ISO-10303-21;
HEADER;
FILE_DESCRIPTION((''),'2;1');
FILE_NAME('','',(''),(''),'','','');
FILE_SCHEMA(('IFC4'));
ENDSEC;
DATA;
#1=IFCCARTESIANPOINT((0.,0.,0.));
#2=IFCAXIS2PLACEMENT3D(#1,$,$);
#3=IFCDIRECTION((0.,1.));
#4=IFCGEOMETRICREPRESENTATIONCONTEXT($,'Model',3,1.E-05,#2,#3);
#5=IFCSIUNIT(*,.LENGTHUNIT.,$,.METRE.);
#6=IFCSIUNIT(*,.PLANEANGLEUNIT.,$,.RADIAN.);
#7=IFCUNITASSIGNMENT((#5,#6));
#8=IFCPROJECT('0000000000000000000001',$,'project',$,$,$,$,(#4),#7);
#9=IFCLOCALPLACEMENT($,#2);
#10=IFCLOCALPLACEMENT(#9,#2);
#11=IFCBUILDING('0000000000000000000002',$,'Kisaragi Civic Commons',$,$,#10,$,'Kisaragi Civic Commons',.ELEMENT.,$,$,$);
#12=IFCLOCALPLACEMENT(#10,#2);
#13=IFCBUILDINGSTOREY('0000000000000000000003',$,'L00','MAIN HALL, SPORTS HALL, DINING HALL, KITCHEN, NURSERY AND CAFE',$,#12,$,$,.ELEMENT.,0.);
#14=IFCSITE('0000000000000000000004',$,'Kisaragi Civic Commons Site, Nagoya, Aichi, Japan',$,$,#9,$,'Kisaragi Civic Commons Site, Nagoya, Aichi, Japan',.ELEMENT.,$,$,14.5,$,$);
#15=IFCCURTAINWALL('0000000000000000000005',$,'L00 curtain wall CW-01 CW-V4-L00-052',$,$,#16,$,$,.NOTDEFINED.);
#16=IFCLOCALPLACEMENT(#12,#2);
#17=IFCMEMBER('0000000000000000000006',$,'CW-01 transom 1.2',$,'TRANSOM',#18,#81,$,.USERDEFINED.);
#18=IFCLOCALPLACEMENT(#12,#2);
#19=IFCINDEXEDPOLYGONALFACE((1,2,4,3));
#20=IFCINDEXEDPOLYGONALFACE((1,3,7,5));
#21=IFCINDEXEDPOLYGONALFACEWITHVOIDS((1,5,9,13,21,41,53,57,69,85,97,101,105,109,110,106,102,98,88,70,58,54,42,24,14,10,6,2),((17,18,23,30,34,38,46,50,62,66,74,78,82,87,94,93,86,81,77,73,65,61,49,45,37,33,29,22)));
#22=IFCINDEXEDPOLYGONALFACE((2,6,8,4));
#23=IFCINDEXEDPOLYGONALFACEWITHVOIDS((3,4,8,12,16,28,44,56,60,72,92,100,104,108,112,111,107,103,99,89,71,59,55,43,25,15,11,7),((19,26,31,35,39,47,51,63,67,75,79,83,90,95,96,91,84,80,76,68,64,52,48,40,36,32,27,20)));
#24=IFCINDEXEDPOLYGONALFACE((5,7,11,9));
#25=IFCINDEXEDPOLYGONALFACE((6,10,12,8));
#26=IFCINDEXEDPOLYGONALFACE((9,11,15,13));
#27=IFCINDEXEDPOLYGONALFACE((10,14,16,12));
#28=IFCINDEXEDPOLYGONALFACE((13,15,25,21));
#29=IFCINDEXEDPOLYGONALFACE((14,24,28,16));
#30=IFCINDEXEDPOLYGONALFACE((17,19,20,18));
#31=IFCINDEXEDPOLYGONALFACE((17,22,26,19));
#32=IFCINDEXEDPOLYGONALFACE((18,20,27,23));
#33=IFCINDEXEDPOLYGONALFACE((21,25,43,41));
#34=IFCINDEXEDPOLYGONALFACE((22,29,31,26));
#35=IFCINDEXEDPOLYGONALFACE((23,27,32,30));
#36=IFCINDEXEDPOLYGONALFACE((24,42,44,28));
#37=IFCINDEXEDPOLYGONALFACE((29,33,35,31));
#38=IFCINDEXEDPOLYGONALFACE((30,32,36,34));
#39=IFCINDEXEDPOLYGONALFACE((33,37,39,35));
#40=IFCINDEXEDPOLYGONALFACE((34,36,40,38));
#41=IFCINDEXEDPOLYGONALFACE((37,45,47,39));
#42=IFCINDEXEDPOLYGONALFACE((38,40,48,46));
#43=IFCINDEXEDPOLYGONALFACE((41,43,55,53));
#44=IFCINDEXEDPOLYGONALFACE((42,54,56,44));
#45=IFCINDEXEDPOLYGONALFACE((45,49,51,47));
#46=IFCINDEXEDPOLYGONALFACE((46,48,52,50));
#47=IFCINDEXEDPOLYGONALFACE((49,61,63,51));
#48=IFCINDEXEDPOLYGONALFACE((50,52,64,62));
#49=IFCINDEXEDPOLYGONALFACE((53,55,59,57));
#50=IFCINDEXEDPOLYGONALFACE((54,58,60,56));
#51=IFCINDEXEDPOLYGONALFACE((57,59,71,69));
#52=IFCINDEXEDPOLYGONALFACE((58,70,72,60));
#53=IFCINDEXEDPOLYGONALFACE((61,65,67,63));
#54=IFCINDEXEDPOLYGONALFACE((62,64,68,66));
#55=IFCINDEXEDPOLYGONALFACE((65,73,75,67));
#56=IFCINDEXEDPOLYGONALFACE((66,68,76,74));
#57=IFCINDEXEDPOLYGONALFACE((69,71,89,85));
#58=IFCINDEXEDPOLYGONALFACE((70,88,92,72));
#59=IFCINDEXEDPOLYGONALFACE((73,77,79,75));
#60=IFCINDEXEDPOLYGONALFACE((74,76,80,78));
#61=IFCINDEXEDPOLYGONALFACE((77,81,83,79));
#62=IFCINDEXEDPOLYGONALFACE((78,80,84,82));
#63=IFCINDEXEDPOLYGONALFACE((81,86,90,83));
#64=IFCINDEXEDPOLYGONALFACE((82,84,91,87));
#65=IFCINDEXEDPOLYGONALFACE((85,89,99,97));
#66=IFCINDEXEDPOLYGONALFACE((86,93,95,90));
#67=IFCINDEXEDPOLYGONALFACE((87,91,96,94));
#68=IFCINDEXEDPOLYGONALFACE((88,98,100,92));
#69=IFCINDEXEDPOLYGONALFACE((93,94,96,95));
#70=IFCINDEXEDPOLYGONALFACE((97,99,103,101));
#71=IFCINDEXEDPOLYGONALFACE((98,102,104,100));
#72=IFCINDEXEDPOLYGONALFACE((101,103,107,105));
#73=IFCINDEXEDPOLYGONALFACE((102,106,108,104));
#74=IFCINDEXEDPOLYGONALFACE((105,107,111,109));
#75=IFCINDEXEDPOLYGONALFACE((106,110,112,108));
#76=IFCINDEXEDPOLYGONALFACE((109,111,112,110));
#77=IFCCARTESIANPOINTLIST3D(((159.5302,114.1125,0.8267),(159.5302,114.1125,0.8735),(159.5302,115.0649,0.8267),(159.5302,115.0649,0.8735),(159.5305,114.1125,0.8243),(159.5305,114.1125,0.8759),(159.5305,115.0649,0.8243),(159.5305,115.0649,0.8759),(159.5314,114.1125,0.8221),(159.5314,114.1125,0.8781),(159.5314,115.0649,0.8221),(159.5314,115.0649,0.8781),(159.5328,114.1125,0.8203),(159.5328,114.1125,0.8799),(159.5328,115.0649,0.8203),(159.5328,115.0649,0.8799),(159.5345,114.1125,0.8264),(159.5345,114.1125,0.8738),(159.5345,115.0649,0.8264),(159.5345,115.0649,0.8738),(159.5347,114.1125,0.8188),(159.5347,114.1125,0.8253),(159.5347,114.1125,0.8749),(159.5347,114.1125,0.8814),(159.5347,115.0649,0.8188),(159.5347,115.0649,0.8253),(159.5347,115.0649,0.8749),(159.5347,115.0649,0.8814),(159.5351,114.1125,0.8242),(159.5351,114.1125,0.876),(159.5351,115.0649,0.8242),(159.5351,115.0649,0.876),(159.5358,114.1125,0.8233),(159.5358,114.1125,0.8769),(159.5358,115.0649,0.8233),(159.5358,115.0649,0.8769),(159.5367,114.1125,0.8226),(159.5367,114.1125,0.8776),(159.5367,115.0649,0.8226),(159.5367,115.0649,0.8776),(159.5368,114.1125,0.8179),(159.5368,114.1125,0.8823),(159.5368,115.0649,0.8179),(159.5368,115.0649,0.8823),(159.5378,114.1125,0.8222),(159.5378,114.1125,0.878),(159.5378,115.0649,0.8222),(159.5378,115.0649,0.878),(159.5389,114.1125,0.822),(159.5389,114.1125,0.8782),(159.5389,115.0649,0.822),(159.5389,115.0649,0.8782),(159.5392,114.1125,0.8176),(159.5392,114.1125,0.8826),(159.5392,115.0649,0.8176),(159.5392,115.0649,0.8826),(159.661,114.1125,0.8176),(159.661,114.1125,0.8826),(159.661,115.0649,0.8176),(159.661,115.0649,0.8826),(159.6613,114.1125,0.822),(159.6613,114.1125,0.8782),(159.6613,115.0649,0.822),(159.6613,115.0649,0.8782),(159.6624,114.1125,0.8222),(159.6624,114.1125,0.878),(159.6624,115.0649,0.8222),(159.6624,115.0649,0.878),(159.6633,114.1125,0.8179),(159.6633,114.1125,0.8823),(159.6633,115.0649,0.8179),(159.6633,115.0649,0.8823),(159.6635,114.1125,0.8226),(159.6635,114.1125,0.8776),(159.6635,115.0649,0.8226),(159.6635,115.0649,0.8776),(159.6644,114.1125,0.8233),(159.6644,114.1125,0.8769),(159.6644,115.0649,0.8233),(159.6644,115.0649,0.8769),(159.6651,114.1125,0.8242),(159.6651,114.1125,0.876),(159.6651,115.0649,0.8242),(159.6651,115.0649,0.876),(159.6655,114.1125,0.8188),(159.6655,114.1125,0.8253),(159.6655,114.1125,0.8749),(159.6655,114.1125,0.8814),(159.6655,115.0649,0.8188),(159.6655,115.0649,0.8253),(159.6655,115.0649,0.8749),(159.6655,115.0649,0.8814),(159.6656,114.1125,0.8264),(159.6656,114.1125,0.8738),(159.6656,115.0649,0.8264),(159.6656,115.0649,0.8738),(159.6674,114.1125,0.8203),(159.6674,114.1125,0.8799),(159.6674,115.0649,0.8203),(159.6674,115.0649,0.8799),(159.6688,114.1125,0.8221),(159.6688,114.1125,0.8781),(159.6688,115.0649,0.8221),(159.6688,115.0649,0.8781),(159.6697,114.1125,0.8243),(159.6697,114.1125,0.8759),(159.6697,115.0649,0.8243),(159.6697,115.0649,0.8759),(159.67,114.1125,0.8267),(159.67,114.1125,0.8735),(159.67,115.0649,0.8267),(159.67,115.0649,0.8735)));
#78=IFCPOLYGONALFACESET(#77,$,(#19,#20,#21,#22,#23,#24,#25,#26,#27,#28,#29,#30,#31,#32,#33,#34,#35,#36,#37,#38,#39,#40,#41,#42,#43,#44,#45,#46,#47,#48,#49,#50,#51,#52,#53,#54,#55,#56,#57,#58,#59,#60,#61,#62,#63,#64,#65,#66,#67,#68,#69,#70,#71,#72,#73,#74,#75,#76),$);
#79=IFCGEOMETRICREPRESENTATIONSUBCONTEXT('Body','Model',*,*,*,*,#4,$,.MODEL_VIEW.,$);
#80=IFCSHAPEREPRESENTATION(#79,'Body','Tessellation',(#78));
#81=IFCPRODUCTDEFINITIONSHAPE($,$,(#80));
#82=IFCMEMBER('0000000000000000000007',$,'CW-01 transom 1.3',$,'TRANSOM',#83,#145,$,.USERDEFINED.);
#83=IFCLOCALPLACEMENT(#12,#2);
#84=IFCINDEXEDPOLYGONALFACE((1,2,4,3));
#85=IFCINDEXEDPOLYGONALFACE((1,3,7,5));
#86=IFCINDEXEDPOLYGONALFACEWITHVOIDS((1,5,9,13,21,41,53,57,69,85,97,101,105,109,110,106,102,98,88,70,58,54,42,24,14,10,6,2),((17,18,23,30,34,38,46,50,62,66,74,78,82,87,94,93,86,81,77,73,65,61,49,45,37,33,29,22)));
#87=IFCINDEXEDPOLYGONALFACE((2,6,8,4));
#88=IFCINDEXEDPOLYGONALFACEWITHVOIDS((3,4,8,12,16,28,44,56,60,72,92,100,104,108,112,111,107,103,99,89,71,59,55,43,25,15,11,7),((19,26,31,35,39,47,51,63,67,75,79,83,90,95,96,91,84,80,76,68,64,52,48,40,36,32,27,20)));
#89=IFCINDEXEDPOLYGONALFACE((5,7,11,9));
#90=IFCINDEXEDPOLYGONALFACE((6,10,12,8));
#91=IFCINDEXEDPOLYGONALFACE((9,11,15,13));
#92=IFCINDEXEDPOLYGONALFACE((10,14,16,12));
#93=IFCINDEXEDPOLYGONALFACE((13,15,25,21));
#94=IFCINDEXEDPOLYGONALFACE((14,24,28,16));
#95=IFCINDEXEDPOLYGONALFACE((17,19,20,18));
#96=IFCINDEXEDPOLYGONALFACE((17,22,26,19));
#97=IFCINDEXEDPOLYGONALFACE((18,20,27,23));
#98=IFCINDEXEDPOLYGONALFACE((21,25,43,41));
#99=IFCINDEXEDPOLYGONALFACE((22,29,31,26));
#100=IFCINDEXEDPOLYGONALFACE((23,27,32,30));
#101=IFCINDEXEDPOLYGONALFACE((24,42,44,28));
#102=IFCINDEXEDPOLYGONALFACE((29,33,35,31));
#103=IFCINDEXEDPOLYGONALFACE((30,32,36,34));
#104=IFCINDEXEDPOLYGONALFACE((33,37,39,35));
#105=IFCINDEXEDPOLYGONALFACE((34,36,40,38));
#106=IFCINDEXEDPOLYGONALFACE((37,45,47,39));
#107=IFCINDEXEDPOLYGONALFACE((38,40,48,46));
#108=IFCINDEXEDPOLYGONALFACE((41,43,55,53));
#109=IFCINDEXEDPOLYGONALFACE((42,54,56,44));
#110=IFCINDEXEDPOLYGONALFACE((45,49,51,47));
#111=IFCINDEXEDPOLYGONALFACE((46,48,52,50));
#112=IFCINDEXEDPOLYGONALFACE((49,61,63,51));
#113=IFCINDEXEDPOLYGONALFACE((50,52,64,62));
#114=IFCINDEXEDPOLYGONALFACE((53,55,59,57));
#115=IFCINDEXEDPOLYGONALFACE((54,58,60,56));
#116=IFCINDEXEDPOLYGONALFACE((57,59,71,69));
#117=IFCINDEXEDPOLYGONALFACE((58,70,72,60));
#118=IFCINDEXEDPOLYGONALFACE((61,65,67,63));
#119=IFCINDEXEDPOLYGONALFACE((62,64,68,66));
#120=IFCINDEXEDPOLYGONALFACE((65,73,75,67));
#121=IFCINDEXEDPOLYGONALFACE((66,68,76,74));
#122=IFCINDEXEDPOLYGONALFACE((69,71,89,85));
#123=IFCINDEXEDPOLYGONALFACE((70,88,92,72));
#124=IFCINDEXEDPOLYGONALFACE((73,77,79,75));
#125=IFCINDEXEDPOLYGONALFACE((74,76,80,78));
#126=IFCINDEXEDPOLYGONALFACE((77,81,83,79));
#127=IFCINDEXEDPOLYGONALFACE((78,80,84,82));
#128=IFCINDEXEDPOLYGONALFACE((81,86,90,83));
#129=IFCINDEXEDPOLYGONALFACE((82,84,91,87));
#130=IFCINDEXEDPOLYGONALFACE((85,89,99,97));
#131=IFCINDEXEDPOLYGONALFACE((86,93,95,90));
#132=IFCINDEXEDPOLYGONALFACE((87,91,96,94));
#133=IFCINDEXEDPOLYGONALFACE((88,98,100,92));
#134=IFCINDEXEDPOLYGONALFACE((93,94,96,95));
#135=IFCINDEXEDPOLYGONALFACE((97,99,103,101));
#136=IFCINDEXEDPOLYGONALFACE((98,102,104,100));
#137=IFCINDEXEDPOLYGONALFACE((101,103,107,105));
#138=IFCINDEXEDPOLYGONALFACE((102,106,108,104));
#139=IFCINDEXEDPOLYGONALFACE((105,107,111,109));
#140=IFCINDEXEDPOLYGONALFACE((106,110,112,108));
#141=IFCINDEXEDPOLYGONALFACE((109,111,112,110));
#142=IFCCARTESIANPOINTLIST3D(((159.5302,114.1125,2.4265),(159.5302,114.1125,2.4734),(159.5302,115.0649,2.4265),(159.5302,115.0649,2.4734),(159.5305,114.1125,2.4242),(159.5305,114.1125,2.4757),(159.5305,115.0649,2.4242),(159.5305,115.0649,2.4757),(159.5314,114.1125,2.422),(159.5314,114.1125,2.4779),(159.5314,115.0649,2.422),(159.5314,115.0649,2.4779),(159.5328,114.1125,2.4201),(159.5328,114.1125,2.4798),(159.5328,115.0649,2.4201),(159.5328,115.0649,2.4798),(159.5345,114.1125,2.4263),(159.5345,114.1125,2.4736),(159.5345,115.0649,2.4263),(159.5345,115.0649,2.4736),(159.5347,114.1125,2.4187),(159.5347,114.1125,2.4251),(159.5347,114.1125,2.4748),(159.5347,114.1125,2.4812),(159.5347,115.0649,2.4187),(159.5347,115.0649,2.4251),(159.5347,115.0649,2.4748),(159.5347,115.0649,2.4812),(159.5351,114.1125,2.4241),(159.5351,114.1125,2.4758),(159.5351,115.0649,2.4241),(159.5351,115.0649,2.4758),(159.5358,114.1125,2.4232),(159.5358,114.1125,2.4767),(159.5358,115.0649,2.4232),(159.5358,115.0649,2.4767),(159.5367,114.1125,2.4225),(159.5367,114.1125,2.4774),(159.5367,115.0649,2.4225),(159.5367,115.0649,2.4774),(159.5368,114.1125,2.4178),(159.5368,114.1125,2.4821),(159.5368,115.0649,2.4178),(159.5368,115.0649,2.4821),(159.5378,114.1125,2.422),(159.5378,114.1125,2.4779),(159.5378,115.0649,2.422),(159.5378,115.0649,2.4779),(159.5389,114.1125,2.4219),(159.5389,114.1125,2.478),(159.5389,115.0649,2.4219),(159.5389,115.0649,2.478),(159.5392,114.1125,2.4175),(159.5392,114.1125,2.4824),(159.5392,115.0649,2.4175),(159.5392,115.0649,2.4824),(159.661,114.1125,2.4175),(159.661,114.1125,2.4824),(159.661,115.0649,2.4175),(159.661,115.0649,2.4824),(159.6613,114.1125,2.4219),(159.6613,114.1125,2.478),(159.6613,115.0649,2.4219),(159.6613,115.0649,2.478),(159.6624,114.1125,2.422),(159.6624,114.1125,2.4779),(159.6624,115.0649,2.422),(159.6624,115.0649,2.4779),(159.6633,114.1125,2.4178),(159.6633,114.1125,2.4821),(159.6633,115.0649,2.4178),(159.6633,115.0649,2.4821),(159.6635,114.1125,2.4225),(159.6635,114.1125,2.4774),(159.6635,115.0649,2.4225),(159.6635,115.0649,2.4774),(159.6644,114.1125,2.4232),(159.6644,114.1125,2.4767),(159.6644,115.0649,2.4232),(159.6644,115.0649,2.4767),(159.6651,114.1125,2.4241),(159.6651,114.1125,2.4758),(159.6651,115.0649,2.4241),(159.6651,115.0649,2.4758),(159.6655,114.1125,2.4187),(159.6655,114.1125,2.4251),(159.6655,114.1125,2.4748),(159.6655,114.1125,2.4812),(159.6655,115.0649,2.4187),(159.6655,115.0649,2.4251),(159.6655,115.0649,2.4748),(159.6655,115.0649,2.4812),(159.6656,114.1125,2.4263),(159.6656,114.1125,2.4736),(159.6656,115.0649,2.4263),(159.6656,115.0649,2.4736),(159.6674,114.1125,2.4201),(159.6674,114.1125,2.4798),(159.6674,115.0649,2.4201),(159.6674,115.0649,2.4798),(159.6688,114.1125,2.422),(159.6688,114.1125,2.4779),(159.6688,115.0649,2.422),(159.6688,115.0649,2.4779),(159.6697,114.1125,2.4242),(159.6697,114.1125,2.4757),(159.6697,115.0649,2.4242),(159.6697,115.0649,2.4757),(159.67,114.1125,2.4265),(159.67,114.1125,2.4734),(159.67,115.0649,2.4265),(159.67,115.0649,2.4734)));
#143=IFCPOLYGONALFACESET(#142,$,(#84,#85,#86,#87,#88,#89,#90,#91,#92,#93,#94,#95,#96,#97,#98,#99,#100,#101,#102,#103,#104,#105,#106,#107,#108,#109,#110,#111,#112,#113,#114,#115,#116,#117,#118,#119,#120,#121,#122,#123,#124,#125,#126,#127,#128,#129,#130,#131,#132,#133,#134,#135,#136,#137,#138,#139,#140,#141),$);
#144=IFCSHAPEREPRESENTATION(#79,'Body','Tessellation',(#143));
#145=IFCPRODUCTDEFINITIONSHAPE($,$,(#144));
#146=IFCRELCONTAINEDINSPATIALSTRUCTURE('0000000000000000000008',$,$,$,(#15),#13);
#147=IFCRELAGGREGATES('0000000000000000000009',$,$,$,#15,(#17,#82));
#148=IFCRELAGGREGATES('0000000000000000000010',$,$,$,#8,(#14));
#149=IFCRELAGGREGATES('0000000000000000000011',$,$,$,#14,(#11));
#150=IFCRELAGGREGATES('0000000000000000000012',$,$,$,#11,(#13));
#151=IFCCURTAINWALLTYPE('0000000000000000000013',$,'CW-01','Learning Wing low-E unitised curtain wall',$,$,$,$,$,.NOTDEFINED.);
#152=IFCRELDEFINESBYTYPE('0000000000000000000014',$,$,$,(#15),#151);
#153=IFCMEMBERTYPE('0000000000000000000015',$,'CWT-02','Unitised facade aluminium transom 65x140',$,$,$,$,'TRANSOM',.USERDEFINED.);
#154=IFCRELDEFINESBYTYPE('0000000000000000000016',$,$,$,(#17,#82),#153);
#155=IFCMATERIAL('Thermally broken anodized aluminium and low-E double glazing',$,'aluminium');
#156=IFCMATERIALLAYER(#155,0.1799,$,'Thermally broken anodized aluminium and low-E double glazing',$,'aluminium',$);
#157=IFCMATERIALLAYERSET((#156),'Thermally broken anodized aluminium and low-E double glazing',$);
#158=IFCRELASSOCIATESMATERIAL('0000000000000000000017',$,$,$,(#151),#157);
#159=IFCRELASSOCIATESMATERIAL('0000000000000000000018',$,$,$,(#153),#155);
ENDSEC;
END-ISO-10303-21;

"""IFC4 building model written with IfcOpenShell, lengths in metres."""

from ifc_helpers import new_model, si_unit, direction, frame, origin, origin_2d, place, context, subcontext, project, spatial, hollow_rectangle, extrude, material, layer, layer_set, material_profile, profile_set, type_object, element, aggregate, save


model = new_model("IFC4")

# Units and contexts
model_context = context("Model", 3, precision=1e-05, world=origin(), true_north=direction((0.0, 1.0)))
body_context = subcontext(model_context, "Body", "Model", "MODEL_VIEW")
ifc_project = project(units=[si_unit("LENGTHUNIT", "METRE"), si_unit("PLANEANGLEUNIT", "RADIAN")], contexts=[model_context])

# Site, building, storey
site_placement = place(None, origin())
site = spatial("IfcSite", under=ifc_project, at=site_placement, Name="Kisaragi Civic Commons Site, Nagoya, Aichi, Japan", LongName="Kisaragi Civic Commons Site, Nagoya, Aichi, Japan", CompositionType="ELEMENT", RefElevation=14.5)
building_placement = place(site_placement, origin())
building = spatial("IfcBuilding", under=site, at=building_placement, Name="Kisaragi Civic Commons", LongName="Kisaragi Civic Commons", CompositionType="ELEMENT")
storey_placement = place(building_placement, origin())
storey = spatial("IfcBuildingStorey", under=building, at=storey_placement, Name="L00", Description="MAIN HALL, SPORTS HALL, DINING HALL, KITCHEN, NURSERY AND CAFE", CompositionType="ELEMENT", Elevation=0.0)

# Curtain wall
ifc_material_1 = material(Name="Thermally broken anodized aluminium and low-E double glazing", Category="aluminium")
ifc_layer_1 = layer(ifc_material_1, 0.1799, Name="Thermally broken anodized aluminium and low-E double glazing", Category="aluminium")
ifc_layer_set_1 = layer_set([ifc_layer_1], Name="Thermally broken anodized aluminium and low-E double glazing")
curtain_wall_type = type_object("IfcCurtainWallType", Name="CW-01", Description="Learning Wing low-E unitised curtain wall", PredefinedType="NOTDEFINED", material=ifc_layer_set_1)
curtain_wall_1_placement = place(storey_placement, origin())
curtain_wall_1 = element("IfcCurtainWall", 1, at=curtain_wall_1_placement, inside=storey, type_object=curtain_wall_type, Name="L00 curtain wall CW-01 CW-V4-L00-052", PredefinedType="NOTDEFINED")

# Members
ifc_material_profile_1 = material_profile(ifc_material_1, hollow_rectangle(XDim=0.1399, YDim=0.0649, WallThickness=0.0044, InnerFilletRadius=0.0044, OuterFilletRadius=0.009, at=origin_2d()), Name="CWT-65x140x4.5", Category="aluminium")
ifc_profile_set_1 = profile_set([ifc_material_profile_1], Name="Thermally broken anodized aluminium and low-E double glazing")
member_type_1 = type_object("IfcMemberType", Name="CWT-02", Description="Unitised facade aluminium transom 65x140", ElementType="TRANSOM", PredefinedType="USERDEFINED", material=ifc_profile_set_1)
member_1_placement = place(storey_placement, frame((159.6001, 115.0649, 0.8501), z_axis=(0.0, -1.0, 0.0), x_axis=(1.0, 0.0, 0.0)))
member_1 = element("IfcMember", 2, at=member_1_placement, type_object=member_type_1, Name="CW-01 transom 1.2", ObjectType="TRANSOM", PredefinedType="USERDEFINED", context=body_context, shape_type="SweptSolid", body=[
    extrude(hollow_rectangle(XDim=0.1399, YDim=0.0649, WallThickness=0.0044, InnerFilletRadius=0.0044, OuterFilletRadius=0.009, at=origin_2d()), origin(), (0.0, 0.0, 1.0), 0.9524),
])
member_2_placement = place(storey_placement, frame((159.6001, 115.0649, 2.45), z_axis=(0.0, -1.0, 0.0), x_axis=(1.0, 0.0, 0.0)))
member_2 = element("IfcMember", 3, at=member_2_placement, type_object=member_type_1, Name="CW-01 transom 1.3", ObjectType="TRANSOM", PredefinedType="USERDEFINED", context=body_context, shape_type="SweptSolid", body=[
    extrude(hollow_rectangle(XDim=0.1399, YDim=0.0649, WallThickness=0.0044, InnerFilletRadius=0.0044, OuterFilletRadius=0.009, at=origin_2d()), origin(), (0.0, 0.0, 1.0), 0.9524),
])

aggregate(curtain_wall_1, [member_1, member_2])

save(model, "model.ifc")
